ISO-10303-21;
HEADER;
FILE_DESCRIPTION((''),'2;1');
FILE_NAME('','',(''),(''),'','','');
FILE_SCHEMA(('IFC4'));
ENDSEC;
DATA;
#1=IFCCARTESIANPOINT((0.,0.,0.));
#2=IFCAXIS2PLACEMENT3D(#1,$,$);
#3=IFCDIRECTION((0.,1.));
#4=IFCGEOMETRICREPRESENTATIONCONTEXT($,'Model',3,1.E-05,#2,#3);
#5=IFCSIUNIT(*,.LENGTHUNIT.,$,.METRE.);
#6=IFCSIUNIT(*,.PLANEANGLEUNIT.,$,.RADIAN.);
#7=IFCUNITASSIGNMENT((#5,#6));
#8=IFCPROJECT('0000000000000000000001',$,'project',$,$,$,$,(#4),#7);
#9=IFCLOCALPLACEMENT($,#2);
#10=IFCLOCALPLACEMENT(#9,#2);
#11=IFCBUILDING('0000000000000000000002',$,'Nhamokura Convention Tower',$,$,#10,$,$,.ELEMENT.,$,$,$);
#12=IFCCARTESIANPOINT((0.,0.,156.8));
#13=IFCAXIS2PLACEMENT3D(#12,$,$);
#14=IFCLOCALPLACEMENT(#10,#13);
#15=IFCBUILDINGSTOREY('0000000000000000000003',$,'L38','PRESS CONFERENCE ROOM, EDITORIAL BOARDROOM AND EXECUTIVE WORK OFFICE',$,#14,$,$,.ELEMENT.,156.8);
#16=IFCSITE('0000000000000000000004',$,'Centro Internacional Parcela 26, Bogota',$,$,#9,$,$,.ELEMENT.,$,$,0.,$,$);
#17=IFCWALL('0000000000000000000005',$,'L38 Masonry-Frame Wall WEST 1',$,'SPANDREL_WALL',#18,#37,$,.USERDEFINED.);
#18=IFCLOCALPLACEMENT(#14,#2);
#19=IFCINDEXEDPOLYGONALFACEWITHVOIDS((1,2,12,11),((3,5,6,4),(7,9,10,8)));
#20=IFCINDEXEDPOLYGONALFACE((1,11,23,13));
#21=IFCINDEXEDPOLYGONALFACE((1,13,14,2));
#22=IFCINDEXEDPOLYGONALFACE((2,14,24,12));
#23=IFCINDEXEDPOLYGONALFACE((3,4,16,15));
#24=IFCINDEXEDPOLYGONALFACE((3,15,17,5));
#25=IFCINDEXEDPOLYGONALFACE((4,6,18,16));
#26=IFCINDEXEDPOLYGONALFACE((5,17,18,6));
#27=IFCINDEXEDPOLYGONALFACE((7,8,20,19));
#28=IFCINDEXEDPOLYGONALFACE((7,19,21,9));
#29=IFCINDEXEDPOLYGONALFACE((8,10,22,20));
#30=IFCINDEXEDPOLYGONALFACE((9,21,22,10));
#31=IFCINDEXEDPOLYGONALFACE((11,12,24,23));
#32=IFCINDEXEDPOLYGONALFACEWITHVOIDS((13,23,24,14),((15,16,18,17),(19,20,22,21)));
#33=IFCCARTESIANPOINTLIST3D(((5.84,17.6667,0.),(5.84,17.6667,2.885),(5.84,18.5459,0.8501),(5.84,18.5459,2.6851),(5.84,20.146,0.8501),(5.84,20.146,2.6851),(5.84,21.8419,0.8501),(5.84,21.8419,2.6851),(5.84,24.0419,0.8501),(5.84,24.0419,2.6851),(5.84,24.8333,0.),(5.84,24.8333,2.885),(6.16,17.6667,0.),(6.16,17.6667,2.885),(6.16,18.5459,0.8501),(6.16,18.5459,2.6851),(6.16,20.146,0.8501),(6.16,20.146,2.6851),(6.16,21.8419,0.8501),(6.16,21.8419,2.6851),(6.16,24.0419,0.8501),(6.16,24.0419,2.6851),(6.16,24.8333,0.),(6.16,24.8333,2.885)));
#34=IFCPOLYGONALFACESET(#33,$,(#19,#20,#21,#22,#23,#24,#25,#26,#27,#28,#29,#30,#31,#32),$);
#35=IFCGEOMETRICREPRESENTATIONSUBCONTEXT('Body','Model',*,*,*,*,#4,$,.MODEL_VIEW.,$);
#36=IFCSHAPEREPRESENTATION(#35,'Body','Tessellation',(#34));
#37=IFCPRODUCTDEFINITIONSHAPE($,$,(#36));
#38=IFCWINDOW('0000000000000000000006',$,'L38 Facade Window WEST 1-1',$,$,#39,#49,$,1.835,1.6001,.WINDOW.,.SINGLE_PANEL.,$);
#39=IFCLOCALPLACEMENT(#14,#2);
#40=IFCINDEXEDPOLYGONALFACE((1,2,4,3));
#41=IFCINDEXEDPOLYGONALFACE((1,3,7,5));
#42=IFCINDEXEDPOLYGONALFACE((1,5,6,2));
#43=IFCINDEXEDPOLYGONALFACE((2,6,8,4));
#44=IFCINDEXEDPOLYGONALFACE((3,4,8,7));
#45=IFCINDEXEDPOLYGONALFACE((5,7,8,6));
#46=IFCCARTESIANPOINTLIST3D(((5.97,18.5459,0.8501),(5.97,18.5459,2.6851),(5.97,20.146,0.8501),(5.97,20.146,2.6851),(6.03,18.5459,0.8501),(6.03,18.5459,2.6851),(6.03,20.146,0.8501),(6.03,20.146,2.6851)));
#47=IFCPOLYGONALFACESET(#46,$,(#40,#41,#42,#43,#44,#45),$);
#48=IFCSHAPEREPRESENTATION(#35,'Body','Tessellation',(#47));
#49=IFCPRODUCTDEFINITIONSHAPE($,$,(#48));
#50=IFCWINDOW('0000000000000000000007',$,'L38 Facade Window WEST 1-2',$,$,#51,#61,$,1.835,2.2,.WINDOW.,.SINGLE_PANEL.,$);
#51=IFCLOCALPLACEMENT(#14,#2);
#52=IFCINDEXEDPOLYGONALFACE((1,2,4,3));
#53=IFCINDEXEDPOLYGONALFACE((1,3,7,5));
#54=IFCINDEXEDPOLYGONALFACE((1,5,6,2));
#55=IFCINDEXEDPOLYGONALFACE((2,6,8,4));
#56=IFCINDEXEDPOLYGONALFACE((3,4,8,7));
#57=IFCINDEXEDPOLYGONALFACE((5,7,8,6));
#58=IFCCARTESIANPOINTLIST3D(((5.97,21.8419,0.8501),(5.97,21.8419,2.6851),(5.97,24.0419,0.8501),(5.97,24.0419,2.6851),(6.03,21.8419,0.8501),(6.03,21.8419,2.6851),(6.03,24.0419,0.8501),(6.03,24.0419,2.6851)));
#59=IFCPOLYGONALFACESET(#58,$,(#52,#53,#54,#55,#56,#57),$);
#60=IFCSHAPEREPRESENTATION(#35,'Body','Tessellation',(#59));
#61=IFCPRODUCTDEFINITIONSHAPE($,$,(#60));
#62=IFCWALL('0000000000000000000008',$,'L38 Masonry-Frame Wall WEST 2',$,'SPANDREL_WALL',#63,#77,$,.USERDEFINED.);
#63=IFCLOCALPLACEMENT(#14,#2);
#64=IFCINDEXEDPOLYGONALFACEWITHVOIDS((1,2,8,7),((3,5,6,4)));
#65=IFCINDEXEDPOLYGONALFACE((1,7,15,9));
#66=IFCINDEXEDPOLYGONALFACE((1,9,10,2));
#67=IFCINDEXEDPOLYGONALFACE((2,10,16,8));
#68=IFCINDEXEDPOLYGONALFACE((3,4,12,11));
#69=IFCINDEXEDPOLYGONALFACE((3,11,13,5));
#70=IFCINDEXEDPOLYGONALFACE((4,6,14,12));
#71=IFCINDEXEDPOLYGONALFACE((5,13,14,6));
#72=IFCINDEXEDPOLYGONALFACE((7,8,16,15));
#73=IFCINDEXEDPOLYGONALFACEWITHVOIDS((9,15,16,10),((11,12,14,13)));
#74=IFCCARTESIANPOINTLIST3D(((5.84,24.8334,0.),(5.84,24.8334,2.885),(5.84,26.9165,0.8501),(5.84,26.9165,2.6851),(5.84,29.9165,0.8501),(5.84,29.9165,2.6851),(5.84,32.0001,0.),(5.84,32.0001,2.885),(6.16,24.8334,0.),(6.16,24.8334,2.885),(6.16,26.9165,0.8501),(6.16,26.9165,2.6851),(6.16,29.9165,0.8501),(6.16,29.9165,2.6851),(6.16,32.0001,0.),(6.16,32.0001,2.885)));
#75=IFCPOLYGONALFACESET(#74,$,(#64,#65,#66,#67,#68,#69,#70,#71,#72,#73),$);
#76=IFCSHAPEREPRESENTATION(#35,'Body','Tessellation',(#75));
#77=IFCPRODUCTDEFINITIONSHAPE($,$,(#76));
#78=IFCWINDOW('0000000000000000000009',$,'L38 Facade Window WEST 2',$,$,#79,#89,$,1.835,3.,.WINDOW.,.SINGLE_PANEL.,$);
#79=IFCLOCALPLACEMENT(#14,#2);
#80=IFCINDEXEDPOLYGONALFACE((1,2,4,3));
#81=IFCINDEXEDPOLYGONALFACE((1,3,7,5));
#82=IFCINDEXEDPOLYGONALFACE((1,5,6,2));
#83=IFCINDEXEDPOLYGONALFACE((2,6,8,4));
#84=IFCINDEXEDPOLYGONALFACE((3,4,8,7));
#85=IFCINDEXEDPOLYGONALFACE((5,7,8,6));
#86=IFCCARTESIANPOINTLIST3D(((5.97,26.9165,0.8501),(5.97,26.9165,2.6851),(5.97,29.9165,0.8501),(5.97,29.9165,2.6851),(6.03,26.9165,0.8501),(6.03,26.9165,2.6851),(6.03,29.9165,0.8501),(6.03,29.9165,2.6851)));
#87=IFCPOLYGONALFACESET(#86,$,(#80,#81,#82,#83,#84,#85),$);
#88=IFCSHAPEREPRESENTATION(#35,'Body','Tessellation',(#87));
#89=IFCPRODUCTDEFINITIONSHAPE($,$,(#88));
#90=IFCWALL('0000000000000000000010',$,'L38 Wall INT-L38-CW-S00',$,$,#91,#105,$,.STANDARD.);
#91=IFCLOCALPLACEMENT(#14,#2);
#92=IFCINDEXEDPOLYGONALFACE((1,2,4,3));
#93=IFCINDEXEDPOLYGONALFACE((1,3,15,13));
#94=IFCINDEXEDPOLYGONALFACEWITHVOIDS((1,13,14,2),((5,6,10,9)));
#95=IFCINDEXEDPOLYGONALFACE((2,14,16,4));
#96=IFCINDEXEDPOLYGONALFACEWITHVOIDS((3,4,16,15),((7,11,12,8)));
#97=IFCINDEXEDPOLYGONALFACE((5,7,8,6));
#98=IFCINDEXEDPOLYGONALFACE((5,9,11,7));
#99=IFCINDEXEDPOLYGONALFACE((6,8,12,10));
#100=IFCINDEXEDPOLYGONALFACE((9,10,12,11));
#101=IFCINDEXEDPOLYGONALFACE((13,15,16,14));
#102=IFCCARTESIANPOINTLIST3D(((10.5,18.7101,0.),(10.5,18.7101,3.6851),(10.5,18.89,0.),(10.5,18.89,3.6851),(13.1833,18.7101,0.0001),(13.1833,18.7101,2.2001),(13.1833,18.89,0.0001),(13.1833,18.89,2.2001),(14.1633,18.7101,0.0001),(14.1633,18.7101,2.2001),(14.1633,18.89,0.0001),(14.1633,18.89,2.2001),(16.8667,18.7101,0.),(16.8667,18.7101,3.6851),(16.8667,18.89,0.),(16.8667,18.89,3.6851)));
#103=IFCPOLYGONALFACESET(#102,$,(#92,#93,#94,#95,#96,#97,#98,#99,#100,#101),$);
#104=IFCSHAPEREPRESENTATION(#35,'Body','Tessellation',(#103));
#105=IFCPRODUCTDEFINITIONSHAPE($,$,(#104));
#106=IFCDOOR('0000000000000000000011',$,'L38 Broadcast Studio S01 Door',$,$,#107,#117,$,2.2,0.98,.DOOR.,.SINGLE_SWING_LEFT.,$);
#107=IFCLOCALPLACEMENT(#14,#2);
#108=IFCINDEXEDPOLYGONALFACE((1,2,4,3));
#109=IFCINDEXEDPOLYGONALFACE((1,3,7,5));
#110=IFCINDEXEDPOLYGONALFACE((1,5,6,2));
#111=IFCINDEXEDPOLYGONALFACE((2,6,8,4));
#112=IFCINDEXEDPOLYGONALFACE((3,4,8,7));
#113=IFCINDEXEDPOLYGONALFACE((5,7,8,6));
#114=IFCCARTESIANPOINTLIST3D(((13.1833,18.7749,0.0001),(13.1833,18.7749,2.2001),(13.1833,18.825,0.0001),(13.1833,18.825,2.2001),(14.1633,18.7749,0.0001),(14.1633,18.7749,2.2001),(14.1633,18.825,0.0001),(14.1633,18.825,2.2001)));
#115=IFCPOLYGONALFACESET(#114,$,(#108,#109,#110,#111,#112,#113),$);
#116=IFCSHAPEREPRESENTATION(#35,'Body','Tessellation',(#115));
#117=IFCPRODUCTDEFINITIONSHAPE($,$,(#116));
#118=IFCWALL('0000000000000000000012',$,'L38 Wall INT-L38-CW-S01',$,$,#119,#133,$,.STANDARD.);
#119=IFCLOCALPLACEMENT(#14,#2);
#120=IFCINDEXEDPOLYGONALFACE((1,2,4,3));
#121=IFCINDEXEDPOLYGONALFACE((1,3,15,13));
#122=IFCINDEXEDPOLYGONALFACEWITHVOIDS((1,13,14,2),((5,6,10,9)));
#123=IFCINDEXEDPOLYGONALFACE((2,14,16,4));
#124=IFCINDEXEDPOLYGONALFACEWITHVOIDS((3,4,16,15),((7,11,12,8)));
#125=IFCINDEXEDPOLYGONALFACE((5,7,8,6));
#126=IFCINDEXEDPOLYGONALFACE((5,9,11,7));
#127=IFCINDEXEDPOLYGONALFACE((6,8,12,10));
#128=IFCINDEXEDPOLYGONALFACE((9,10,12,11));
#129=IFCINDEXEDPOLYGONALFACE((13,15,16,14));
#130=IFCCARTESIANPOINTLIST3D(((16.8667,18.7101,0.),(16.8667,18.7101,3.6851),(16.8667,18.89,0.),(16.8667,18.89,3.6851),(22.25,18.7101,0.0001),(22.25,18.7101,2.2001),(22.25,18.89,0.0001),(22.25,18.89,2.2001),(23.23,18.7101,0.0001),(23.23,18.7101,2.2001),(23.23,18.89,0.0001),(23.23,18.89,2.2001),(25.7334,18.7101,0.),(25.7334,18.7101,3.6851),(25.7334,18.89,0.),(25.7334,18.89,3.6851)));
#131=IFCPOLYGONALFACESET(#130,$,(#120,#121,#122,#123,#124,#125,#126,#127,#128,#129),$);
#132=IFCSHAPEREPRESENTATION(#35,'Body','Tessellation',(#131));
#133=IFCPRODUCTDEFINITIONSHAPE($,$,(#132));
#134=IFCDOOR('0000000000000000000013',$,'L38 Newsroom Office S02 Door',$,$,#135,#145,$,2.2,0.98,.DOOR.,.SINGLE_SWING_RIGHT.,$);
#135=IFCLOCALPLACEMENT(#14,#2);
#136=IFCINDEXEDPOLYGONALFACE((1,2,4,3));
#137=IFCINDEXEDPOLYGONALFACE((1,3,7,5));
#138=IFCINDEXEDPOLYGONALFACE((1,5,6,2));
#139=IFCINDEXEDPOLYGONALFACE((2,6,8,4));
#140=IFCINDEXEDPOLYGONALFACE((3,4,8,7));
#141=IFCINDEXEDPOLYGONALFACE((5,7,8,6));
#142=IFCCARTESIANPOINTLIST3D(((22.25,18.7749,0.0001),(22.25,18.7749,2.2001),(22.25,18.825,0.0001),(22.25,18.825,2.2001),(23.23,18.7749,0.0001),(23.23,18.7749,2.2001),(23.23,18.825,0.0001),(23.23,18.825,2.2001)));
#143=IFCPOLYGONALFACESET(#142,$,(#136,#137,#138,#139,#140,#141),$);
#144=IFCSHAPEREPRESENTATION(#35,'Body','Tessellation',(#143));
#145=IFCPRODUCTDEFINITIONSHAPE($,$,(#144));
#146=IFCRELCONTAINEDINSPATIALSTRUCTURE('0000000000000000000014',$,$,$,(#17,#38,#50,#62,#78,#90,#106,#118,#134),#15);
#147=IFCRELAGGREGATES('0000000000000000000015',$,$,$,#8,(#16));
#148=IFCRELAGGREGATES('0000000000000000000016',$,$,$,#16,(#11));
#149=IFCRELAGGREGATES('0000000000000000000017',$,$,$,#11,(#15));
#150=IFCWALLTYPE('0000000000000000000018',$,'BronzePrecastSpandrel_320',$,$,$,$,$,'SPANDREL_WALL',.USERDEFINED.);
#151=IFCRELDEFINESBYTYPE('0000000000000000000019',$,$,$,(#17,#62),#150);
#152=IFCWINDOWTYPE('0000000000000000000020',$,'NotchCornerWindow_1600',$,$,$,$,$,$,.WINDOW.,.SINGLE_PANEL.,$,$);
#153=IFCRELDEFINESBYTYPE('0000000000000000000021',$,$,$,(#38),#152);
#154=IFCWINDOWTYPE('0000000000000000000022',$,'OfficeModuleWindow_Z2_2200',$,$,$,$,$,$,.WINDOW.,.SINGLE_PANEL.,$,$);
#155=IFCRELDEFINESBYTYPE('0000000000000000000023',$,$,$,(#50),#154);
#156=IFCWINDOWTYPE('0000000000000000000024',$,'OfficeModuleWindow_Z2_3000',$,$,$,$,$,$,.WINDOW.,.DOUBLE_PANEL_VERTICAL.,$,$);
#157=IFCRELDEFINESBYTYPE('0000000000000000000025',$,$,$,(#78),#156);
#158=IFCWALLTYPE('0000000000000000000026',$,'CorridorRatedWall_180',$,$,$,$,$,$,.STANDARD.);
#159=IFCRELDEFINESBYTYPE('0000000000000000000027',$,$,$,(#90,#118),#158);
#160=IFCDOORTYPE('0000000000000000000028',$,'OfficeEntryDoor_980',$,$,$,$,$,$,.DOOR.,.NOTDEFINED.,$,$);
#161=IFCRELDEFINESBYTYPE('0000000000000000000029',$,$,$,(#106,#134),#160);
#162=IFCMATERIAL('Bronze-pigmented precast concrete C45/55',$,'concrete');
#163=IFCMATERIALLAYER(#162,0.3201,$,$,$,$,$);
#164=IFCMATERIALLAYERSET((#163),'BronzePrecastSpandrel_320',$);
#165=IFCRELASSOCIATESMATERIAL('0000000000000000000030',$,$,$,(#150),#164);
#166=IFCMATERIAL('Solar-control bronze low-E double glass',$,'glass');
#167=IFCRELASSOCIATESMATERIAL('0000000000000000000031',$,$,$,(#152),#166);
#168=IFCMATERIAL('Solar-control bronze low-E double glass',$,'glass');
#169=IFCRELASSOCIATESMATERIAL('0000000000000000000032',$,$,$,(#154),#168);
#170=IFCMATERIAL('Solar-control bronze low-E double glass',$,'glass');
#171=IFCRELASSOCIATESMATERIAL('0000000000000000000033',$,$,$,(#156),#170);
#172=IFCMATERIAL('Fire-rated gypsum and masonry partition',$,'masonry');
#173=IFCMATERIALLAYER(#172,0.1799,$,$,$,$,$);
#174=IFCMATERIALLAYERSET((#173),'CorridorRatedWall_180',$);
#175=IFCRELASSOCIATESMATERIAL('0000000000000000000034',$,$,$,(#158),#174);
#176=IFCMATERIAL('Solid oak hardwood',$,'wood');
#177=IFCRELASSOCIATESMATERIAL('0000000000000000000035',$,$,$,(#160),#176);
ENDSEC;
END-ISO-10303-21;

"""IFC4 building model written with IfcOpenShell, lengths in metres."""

from ifc_helpers import new_model, si_unit, direction, frame, frame_2d, origin, place, context, subcontext, project, spatial, rectangle, extrude, material, layer, layer_set, type_object, element, fill, save


model = new_model("IFC4")

# Units and contexts
model_context = context("Model", 3, precision=1e-05, world=origin(), true_north=direction((0.0, 1.0)))
body_context = subcontext(model_context, "Body", "Model", "MODEL_VIEW")
ifc_project = project(units=[si_unit("LENGTHUNIT", "METRE"), si_unit("PLANEANGLEUNIT", "RADIAN")], contexts=[model_context])

# Site, building, storey
site_placement = place(None, origin())
site = spatial("IfcSite", under=ifc_project, at=site_placement, Name="Centro Internacional Parcela 26, Bogota", CompositionType="ELEMENT", RefElevation=0.0)
building_placement = place(site_placement, origin())
building = spatial("IfcBuilding", under=site, at=building_placement, Name="Nhamokura Convention Tower", CompositionType="ELEMENT")
storey_placement = place(building_placement, frame((0.0, 0.0, 156.8)))
storey = spatial("IfcBuildingStorey", under=building, at=storey_placement, Name="L38", Description="PRESS CONFERENCE ROOM, EDITORIAL BOARDROOM AND EXECUTIVE WORK OFFICE", CompositionType="ELEMENT", Elevation=156.8)

# Wall, openings, windows
ifc_material_1 = material(Name="Bronze-pigmented precast concrete C45/55", Category="concrete")
ifc_layer_1 = layer(ifc_material_1, 0.3201)
ifc_layer_set_1 = layer_set([ifc_layer_1], Name="BronzePrecastSpandrel_320")
wall_type_1 = type_object("IfcWallType", Name="BronzePrecastSpandrel_320", ElementType="SPANDREL_WALL", PredefinedType="USERDEFINED", material=ifc_layer_set_1)
wall_1_placement = place(storey_placement, frame((6.0, 17.6667, 0.0), z_axis=(0.0, 0.0, 1.0), x_axis=(0.0, 1.0, 0.0)))
wall_1 = element("IfcWall", 1, at=wall_1_placement, inside=storey, type_object=wall_type_1, Name="L38 Masonry-Frame Wall WEST 1", ObjectType="SPANDREL_WALL", PredefinedType="USERDEFINED", context=body_context, shape_type="SweptSolid", body=[
    extrude(rectangle(XDim=7.1665, YDim=0.3201, at=frame_2d((3.5833, 0.0))), origin(), (0.0, 0.0, 1.0), 2.885),
])
opening_1_placement = place(wall_1_placement, frame((0.8792, 0.0, 0.8501)))
opening_1 = element("IfcOpeningElement", 2, at=opening_1_placement, cuts=wall_1, PredefinedType="OPENING", context=body_context, shape_type="SweptSolid", body=[
    extrude(rectangle(XDim=1.6001, YDim=1.835, at=frame_2d((0.8, 0.9175))), frame((0.0, 0.1699, 0.0), z_axis=(0.0, -1.0, 0.0), x_axis=(1.0, 0.0, 0.0)), (0.0, 0.0, 1.0), 0.3401),
])
opening_2_placement = place(wall_1_placement, frame((4.175, 0.0, 0.8501)))
opening_2 = element("IfcOpeningElement", 3, at=opening_2_placement, cuts=wall_1, PredefinedType="OPENING", context=body_context, shape_type="SweptSolid", body=[
    extrude(rectangle(XDim=2.2, YDim=1.835, at=frame_2d((1.1001, 0.9175))), frame((0.0, 0.1699, 0.0), z_axis=(0.0, -1.0, 0.0), x_axis=(1.0, 0.0, 0.0)), (0.0, 0.0, 1.0), 0.3401),
])
ifc_material_2 = material(Name="Solar-control bronze low-E double glass", Category="glass")
window_type_1 = type_object("IfcWindowType", Name="NotchCornerWindow_1600", PartitioningType="SINGLE_PANEL", PredefinedType="WINDOW", material=ifc_material_2)
window_1_placement = place(opening_1_placement, origin())
window_1 = element("IfcWindow", 4, at=window_1_placement, inside=storey, type_object=window_type_1, Name="L38 Facade Window WEST 1-1", OverallHeight=1.835, OverallWidth=1.6001, PartitioningType="SINGLE_PANEL", PredefinedType="WINDOW", context=body_context, shape_type="SweptSolid", body=[
    extrude(rectangle(XDim=1.6001, YDim=1.835, at=frame_2d((0.8, 0.9175))), frame((0.0, 0.03, 0.0), z_axis=(0.0, -1.0, 0.0), x_axis=(1.0, 0.0, 0.0)), (0.0, 0.0, 1.0), 0.0601),
])
fill(opening_1, window_1)
ifc_material_3 = material(Name="Solar-control bronze low-E double glass", Category="glass")
window_type_2 = type_object("IfcWindowType", Name="OfficeModuleWindow_Z2_2200", PartitioningType="SINGLE_PANEL", PredefinedType="WINDOW", material=ifc_material_3)
window_2_placement = place(opening_2_placement, origin())
window_2 = element("IfcWindow", 5, at=window_2_placement, inside=storey, type_object=window_type_2, Name="L38 Facade Window WEST 1-2", OverallHeight=1.835, OverallWidth=2.2, PartitioningType="SINGLE_PANEL", PredefinedType="WINDOW", context=body_context, shape_type="SweptSolid", body=[
    extrude(rectangle(XDim=2.2, YDim=1.835, at=frame_2d((1.1001, 0.9175))), frame((0.0, 0.03, 0.0), z_axis=(0.0, -1.0, 0.0), x_axis=(1.0, 0.0, 0.0)), (0.0, 0.0, 1.0), 0.0601),
])
fill(opening_2, window_2)

# Wall, opening, window
wall_2_placement = place(storey_placement, frame((6.0, 24.8333, 0.0), z_axis=(0.0, 0.0, 1.0), x_axis=(0.0, 1.0, 0.0)))
wall_2 = element("IfcWall", 6, at=wall_2_placement, inside=storey, type_object=wall_type_1, Name="L38 Masonry-Frame Wall WEST 2", ObjectType="SPANDREL_WALL", PredefinedType="USERDEFINED", context=body_context, shape_type="SweptSolid", body=[
    extrude(rectangle(XDim=7.1667, YDim=0.3201, at=frame_2d((3.5835, 0.0))), origin(), (0.0, 0.0, 1.0), 2.885),
])
opening_3_placement = place(wall_2_placement, frame((2.0833, 0.0, 0.8501)))
opening_3 = element("IfcOpeningElement", 7, at=opening_3_placement, cuts=wall_2, PredefinedType="OPENING", context=body_context, shape_type="SweptSolid", body=[
    extrude(rectangle(XDim=3.0, YDim=1.835, at=frame_2d((1.5, 0.9175))), frame((0.0, 0.1699, 0.0), z_axis=(0.0, -1.0, 0.0), x_axis=(1.0, 0.0, 0.0)), (0.0, 0.0, 1.0), 0.3401),
])
ifc_material_4 = material(Name="Solar-control bronze low-E double glass", Category="glass")
window_type_3 = type_object("IfcWindowType", Name="OfficeModuleWindow_Z2_3000", PartitioningType="DOUBLE_PANEL_VERTICAL", PredefinedType="WINDOW", material=ifc_material_4)
window_3_placement = place(opening_3_placement, origin())
window_3 = element("IfcWindow", 8, at=window_3_placement, inside=storey, type_object=window_type_3, Name="L38 Facade Window WEST 2", OverallHeight=1.835, OverallWidth=3.0, PartitioningType="SINGLE_PANEL", PredefinedType="WINDOW", context=body_context, shape_type="SweptSolid", body=[
    extrude(rectangle(XDim=3.0, YDim=1.835, at=frame_2d((1.5, 0.9175))), frame((0.0, 0.03, 0.0), z_axis=(0.0, -1.0, 0.0), x_axis=(1.0, 0.0, 0.0)), (0.0, 0.0, 1.0), 0.0601),
])
fill(opening_3, window_3)

# Walls, openings, doors
ifc_material_5 = material(Name="Fire-rated gypsum and masonry partition", Category="masonry")
ifc_layer_2 = layer(ifc_material_5, 0.1799)
ifc_layer_set_2 = layer_set([ifc_layer_2], Name="CorridorRatedWall_180")
wall_type_2 = type_object("IfcWallType", Name="CorridorRatedWall_180", PredefinedType="STANDARD", material=ifc_layer_set_2)
wall_3_placement = place(storey_placement, frame((10.5, 18.8, 0.0), z_axis=(0.0, 0.0, 1.0), x_axis=(1.0, 0.0, 0.0)))
wall_3 = element("IfcWall", 9, at=wall_3_placement, inside=storey, type_object=wall_type_2, Name="L38 Wall INT-L38-CW-S00", PredefinedType="STANDARD", context=body_context, shape_type="SweptSolid", body=[
    extrude(rectangle(XDim=6.3667, YDim=0.1799, at=frame_2d((3.1833, 0.0))), origin(), (0.0, 0.0, 1.0), 3.6851),
])
opening_4_placement = place(wall_3_placement, frame((2.6833, 0.0, 0.0)))
opening_4 = element("IfcOpeningElement", 10, at=opening_4_placement, cuts=wall_3, PredefinedType="OPENING", context=body_context, shape_type="SweptSolid", body=[
    extrude(rectangle(XDim=0.98, YDim=2.2, at=frame_2d((0.49, 1.1001))), frame((0.0, 0.0999, 0.0), z_axis=(0.0, -1.0, 0.0), x_axis=(1.0, 0.0, 0.0)), (0.0, 0.0, 1.0), 0.2),
])
ifc_material_6 = material(Name="Solid oak hardwood", Category="wood")
door_type = type_object("IfcDoorType", Name="OfficeEntryDoor_980", OperationType="NOTDEFINED", PredefinedType="DOOR", material=ifc_material_6)
door_1_placement = place(opening_4_placement, origin())
door_1 = element("IfcDoor", 11, at=door_1_placement, inside=storey, type_object=door_type, Name="L38 Broadcast Studio S01 Door", OperationType="SINGLE_SWING_LEFT", OverallHeight=2.2, OverallWidth=0.98, PredefinedType="DOOR", context=body_context, shape_type="SweptSolid", body=[
    extrude(rectangle(XDim=0.98, YDim=2.2, at=frame_2d((0.49, 1.1001))), frame((0.0, 0.0249, 0.0), z_axis=(0.0, -1.0, 0.0), x_axis=(1.0, 0.0, 0.0)), (0.0, 0.0, 1.0), 0.05),
])
fill(opening_4, door_1)
wall_4_placement = place(storey_placement, frame((16.8667, 18.8, 0.0), z_axis=(0.0, 0.0, 1.0), x_axis=(1.0, 0.0, 0.0)))
wall_4 = element("IfcWall", 12, at=wall_4_placement, inside=storey, type_object=wall_type_2, Name="L38 Wall INT-L38-CW-S01", PredefinedType="STANDARD", context=body_context, shape_type="SweptSolid", body=[
    extrude(rectangle(XDim=8.8667, YDim=0.1799, at=frame_2d((4.4333, 0.0))), origin(), (0.0, 0.0, 1.0), 3.6851),
])
opening_5_placement = place(wall_4_placement, frame((5.3833, 0.0, 0.0)))
opening_5 = element("IfcOpeningElement", 13, at=opening_5_placement, cuts=wall_4, PredefinedType="OPENING", context=body_context, shape_type="SweptSolid", body=[
    extrude(rectangle(XDim=0.98, YDim=2.2, at=frame_2d((0.49, 1.1001))), frame((0.0, 0.0999, 0.0), z_axis=(0.0, -1.0, 0.0), x_axis=(1.0, 0.0, 0.0)), (0.0, 0.0, 1.0), 0.2),
])
door_2_placement = place(opening_5_placement, origin())
door_2 = element("IfcDoor", 14, at=door_2_placement, inside=storey, type_object=door_type, Name="L38 Newsroom Office S02 Door", OperationType="SINGLE_SWING_RIGHT", OverallHeight=2.2, OverallWidth=0.98, PredefinedType="DOOR", context=body_context, shape_type="SweptSolid", body=[
    extrude(rectangle(XDim=0.98, YDim=2.2, at=frame_2d((0.49, 1.1001))), frame((0.0, 0.0249, 0.0), z_axis=(0.0, -1.0, 0.0), x_axis=(1.0, 0.0, 0.0)), (0.0, 0.0, 1.0), 0.05),
])
fill(opening_5, door_2)

save(model, "model.ifc")
